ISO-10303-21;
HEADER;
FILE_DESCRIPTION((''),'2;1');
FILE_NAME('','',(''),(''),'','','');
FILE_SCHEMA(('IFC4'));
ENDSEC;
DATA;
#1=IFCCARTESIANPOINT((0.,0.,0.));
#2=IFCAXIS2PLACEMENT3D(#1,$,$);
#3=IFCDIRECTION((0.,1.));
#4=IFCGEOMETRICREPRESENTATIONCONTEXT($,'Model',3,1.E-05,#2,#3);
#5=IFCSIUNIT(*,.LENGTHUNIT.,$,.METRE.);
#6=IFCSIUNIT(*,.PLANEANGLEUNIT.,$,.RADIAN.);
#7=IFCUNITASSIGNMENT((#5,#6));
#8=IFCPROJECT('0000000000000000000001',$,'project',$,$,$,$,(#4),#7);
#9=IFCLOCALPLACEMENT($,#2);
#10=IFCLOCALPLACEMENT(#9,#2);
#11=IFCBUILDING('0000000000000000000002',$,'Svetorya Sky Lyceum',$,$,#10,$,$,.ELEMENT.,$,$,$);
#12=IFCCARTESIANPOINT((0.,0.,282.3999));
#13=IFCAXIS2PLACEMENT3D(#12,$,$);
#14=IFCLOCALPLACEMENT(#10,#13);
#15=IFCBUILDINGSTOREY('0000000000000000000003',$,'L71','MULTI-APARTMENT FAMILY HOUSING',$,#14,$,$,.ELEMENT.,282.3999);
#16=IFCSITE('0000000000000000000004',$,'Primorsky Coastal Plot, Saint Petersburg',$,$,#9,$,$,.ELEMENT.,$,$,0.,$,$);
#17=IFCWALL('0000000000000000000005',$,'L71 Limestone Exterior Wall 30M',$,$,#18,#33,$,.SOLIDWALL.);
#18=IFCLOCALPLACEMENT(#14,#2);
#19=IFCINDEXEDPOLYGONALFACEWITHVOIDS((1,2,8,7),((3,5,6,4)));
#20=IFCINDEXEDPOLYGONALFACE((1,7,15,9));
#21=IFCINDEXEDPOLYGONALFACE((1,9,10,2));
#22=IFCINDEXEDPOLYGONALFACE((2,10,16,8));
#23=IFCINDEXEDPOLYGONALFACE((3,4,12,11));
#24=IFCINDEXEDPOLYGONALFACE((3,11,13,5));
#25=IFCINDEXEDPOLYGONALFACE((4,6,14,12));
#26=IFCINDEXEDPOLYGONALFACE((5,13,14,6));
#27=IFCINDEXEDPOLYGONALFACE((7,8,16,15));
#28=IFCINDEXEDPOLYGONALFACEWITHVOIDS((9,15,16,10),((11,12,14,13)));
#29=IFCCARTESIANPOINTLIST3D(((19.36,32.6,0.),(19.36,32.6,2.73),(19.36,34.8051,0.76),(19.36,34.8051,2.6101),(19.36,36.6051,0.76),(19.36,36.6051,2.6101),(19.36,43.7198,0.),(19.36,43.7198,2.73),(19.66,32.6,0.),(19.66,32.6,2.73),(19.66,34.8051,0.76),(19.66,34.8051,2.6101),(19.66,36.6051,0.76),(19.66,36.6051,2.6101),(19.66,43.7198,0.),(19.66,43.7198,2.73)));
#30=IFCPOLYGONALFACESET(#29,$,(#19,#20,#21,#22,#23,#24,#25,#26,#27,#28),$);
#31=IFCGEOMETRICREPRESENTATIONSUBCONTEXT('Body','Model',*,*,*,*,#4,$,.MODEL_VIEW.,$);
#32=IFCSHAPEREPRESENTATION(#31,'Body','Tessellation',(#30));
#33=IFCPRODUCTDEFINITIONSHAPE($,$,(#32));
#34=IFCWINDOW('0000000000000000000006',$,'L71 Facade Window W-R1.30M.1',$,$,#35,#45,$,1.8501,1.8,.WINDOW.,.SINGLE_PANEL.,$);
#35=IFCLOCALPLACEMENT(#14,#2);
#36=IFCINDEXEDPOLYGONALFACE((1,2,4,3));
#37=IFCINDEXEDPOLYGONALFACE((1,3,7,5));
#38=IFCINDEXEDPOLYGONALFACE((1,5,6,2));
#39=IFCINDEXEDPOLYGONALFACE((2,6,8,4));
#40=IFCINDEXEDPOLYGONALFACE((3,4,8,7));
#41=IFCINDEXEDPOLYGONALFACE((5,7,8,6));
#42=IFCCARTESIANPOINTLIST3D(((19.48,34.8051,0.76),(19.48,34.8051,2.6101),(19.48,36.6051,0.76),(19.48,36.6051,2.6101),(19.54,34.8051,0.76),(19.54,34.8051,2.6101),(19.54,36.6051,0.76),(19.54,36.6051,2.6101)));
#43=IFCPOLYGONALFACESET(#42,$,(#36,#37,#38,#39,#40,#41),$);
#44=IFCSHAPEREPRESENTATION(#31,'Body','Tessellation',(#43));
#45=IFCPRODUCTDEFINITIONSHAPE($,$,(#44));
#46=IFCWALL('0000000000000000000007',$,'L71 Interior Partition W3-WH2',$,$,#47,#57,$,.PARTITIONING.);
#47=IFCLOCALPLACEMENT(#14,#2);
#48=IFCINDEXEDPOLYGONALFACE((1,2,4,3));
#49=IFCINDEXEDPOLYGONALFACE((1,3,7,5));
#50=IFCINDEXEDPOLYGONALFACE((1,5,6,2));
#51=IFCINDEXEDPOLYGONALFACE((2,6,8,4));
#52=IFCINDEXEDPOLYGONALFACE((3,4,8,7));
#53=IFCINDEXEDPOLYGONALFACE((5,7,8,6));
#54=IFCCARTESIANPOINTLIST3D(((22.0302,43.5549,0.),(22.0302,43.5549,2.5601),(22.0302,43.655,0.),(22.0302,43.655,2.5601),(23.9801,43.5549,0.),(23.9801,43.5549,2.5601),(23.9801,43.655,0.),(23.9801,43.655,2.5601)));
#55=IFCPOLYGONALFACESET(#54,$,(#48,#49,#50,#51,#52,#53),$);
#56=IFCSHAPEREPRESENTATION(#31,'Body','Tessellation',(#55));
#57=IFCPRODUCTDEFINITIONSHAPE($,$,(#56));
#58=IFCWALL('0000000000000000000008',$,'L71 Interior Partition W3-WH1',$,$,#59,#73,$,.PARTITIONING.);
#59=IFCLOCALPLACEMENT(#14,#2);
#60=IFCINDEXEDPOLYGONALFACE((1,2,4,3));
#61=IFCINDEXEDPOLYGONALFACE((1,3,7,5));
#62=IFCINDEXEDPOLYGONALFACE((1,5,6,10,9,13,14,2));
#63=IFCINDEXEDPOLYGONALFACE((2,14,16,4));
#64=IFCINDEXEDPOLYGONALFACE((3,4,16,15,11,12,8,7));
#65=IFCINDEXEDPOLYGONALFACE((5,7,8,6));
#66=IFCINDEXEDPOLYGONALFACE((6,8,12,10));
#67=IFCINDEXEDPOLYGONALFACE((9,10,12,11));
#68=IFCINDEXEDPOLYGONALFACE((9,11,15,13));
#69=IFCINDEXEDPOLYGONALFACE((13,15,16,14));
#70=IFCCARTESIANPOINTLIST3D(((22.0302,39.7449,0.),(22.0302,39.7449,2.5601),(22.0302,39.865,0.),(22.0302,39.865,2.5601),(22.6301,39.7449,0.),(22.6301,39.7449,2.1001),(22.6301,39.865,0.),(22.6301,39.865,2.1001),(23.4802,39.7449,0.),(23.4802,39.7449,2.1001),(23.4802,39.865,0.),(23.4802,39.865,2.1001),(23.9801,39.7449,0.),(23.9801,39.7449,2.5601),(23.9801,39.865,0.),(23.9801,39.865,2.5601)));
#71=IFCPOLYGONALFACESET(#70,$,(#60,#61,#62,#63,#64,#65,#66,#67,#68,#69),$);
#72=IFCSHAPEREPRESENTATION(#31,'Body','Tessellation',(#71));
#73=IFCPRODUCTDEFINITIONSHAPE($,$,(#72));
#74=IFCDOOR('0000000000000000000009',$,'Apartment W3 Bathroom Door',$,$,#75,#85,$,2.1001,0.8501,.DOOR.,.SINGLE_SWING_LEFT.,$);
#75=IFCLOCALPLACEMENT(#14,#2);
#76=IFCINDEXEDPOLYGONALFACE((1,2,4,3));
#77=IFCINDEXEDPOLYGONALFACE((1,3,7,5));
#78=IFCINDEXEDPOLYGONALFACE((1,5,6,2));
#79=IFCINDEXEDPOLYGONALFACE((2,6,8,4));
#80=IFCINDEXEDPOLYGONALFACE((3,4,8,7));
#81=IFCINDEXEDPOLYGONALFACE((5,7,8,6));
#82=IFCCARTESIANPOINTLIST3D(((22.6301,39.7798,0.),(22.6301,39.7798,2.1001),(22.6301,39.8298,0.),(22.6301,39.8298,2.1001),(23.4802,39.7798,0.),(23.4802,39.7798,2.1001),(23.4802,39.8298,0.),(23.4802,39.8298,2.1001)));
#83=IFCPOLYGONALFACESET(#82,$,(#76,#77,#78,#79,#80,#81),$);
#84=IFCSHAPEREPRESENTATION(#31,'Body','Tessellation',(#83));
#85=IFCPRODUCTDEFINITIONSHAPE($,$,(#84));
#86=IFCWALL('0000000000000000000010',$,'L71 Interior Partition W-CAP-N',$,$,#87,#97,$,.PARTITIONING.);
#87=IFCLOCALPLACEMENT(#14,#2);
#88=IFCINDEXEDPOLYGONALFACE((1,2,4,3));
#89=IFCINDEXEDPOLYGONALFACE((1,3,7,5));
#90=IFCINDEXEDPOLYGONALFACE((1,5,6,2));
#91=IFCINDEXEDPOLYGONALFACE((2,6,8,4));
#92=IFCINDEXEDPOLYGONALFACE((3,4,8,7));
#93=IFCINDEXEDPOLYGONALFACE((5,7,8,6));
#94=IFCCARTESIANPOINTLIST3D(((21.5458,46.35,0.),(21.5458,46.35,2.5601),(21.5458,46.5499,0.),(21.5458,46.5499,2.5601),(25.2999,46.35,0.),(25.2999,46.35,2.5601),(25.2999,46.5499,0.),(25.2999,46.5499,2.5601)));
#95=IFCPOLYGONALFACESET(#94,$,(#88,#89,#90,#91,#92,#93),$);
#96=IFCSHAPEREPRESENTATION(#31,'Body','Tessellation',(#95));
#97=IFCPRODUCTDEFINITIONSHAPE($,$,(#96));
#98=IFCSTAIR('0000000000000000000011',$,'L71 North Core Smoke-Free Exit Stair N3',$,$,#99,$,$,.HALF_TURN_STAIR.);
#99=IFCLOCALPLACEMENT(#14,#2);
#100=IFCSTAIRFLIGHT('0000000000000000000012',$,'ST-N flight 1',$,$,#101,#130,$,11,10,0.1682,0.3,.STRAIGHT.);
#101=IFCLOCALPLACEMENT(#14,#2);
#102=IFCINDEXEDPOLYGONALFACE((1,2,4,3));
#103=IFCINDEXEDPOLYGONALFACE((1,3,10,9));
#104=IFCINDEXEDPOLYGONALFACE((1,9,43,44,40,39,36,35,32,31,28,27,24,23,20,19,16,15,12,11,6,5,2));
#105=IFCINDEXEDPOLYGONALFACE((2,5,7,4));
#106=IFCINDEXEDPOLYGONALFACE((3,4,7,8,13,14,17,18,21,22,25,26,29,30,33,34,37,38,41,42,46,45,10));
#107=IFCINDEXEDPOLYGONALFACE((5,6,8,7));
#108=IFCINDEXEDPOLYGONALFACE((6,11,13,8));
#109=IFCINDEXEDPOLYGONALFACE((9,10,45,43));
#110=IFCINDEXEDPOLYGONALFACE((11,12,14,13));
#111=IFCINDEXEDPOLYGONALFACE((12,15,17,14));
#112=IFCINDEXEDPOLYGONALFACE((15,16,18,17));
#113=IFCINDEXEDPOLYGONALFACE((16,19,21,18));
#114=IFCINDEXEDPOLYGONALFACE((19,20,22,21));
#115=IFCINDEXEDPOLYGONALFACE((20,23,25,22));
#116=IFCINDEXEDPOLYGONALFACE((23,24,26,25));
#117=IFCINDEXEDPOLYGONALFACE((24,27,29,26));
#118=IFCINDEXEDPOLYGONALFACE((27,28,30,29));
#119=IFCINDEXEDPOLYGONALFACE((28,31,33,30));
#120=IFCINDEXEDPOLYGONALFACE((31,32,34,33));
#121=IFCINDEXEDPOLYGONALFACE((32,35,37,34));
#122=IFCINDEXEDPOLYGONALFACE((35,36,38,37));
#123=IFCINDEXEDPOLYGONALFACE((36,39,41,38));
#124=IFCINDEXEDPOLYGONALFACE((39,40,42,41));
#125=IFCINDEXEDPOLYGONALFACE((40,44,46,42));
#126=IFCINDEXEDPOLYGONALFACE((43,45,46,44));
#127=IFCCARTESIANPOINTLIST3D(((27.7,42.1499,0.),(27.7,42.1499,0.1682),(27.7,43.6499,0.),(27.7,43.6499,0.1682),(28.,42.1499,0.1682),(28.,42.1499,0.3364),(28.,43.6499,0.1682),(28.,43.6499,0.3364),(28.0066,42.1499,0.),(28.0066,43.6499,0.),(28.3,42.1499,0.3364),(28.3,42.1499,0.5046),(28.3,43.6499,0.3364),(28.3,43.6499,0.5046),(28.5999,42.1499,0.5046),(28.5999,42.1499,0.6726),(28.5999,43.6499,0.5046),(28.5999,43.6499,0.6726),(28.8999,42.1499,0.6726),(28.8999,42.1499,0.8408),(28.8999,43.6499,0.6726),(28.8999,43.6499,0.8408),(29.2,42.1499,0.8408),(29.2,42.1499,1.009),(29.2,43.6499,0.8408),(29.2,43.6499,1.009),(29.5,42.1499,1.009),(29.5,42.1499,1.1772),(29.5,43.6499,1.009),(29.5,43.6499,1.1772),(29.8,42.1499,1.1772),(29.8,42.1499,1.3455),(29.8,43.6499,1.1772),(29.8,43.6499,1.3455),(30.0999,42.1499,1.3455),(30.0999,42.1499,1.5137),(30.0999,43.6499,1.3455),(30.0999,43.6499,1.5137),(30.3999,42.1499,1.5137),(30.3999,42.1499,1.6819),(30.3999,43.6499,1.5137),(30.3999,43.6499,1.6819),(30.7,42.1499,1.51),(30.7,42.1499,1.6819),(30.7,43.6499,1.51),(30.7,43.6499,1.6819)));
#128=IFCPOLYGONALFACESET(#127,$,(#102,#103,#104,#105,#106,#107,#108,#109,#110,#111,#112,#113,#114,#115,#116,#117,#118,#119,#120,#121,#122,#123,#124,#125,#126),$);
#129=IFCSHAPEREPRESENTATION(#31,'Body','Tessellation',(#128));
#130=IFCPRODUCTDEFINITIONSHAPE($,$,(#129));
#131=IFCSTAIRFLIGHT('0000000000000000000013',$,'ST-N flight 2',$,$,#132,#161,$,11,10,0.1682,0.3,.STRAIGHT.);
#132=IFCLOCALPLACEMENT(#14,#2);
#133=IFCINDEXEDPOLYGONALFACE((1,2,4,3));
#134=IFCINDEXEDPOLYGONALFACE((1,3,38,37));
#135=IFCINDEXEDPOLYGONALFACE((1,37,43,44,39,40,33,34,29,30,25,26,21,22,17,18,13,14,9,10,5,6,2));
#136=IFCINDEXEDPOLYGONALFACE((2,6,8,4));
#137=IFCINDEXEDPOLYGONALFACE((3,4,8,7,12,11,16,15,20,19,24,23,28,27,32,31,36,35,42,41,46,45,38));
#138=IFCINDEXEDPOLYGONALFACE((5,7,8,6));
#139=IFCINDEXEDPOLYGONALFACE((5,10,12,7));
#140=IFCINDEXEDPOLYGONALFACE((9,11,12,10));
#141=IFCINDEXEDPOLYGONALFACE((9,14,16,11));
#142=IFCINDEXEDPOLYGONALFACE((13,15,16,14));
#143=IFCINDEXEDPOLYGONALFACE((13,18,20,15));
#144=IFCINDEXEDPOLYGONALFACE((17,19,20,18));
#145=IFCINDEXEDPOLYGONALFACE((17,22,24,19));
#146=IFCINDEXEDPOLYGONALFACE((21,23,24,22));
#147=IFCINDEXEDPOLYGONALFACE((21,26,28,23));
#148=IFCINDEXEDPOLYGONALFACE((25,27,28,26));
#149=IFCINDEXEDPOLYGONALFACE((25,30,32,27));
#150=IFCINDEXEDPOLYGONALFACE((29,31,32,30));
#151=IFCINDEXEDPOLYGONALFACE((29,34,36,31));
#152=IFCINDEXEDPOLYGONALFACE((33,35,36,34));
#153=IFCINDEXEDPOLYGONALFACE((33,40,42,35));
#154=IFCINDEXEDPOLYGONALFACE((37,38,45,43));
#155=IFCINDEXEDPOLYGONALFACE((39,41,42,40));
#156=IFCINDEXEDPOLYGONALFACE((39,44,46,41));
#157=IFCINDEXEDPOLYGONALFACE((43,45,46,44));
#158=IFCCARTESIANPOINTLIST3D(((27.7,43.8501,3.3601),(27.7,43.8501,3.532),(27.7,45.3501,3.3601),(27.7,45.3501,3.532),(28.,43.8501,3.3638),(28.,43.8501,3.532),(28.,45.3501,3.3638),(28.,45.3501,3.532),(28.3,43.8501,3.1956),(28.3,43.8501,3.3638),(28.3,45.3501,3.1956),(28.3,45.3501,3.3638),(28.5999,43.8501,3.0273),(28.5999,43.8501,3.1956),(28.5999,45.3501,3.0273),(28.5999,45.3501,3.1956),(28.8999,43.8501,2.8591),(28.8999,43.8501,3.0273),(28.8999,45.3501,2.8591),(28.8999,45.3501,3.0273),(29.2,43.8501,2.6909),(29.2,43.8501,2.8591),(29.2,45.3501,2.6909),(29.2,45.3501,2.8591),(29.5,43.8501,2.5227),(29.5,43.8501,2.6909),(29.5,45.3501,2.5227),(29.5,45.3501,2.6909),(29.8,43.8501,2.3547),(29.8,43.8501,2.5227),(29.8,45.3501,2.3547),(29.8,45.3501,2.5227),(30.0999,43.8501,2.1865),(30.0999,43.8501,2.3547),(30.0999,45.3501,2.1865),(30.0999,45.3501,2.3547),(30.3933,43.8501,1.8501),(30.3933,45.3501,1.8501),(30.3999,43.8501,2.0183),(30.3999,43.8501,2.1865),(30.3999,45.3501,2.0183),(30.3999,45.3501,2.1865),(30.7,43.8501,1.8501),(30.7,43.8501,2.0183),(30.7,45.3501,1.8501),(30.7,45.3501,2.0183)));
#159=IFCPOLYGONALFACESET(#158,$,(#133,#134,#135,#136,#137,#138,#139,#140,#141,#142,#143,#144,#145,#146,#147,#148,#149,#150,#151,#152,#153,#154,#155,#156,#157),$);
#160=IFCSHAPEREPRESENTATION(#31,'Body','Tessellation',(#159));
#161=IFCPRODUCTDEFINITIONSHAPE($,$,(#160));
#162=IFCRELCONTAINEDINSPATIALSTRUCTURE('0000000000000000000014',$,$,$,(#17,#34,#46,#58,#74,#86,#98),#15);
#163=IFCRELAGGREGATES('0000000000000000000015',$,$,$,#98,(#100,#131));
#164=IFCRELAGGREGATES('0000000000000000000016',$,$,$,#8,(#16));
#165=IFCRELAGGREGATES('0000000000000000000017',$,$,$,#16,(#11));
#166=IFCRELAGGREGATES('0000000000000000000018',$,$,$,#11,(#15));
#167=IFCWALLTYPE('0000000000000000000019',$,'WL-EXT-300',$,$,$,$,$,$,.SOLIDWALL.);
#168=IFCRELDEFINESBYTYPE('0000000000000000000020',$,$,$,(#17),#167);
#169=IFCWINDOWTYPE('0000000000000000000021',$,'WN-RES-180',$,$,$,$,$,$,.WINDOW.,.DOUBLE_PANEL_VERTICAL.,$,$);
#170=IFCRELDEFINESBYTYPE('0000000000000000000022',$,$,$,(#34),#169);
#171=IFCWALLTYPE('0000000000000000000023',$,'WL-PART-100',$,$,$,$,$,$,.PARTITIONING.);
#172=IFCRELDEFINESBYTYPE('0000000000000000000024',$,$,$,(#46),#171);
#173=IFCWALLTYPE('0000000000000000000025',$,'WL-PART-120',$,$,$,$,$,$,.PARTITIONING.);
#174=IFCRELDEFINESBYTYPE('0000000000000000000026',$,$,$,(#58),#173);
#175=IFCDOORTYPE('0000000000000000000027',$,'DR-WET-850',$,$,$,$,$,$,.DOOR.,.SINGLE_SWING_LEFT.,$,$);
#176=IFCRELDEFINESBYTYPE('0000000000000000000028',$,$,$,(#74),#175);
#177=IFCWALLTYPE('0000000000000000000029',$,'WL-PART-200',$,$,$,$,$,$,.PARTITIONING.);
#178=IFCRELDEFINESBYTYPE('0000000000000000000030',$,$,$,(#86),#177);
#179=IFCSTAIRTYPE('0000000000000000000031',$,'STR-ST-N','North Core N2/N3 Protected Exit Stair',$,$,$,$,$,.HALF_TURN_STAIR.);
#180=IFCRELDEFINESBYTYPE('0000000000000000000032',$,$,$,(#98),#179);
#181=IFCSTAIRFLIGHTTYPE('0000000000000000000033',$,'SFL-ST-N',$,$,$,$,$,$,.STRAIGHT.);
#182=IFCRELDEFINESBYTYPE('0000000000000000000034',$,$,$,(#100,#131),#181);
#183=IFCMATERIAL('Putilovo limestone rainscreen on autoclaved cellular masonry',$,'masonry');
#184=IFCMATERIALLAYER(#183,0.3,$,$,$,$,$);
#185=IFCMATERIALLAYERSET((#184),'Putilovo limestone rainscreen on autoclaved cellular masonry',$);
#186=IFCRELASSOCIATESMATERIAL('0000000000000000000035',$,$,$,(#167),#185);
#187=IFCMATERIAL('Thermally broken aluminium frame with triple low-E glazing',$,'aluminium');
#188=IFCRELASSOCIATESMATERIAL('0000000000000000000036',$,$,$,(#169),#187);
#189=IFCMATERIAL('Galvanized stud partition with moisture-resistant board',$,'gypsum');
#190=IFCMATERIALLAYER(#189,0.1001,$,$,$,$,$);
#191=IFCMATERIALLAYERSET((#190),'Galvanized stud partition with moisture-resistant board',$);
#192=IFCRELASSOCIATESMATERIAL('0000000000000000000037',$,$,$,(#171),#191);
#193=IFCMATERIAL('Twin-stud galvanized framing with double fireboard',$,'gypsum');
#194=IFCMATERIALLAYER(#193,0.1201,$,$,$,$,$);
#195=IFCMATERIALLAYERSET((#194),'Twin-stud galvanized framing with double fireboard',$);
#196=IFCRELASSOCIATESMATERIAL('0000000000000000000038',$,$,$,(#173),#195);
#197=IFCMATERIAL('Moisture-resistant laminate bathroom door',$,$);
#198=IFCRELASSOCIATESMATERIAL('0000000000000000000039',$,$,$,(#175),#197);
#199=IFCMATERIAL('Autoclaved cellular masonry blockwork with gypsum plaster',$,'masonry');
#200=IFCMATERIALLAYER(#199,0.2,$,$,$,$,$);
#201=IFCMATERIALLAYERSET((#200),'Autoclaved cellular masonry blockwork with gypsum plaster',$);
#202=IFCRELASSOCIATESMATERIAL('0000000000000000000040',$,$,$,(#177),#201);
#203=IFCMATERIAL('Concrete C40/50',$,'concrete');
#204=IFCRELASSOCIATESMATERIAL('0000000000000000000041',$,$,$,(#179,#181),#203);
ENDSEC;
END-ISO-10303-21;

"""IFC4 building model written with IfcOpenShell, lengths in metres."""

from ifc_helpers import new_model, si_unit, direction, frame, frame_2d, origin, place, context, subcontext, project, spatial, polyline, rectangle, outline, extrude, material, layer, layer_set, type_object, element, fill, aggregate, save


model = new_model("IFC4")

# Units and contexts
model_context = context("Model", 3, precision=1e-05, world=origin(), true_north=direction((0.0, 1.0)))
body_context = subcontext(model_context, "Body", "Model", "MODEL_VIEW")
ifc_project = project(units=[si_unit("LENGTHUNIT", "METRE"), si_unit("PLANEANGLEUNIT", "RADIAN")], contexts=[model_context])

# Site, building, storey
site_placement = place(None, origin())
site = spatial("IfcSite", under=ifc_project, at=site_placement, Name="Primorsky Coastal Plot, Saint Petersburg", CompositionType="ELEMENT", RefElevation=0.0)
building_placement = place(site_placement, origin())
building = spatial("IfcBuilding", under=site, at=building_placement, Name="Svetorya Sky Lyceum", CompositionType="ELEMENT")
storey_placement = place(building_placement, frame((0.0, 0.0, 282.3999)))
storey = spatial("IfcBuildingStorey", under=building, at=storey_placement, Name="L71", Description="MULTI-APARTMENT FAMILY HOUSING", CompositionType="ELEMENT", Elevation=282.3999)

# Shared definitions
ifc_material_1 = material(Name="Concrete C40/50", Category="concrete")

# Shared definitions
ifc_material_2 = material(Name="Putilovo limestone rainscreen on autoclaved cellular masonry", Category="masonry")
ifc_layer_1 = layer(ifc_material_2, 0.3)
ifc_layer_set_1 = layer_set([ifc_layer_1], Name="Putilovo limestone rainscreen on autoclaved cellular masonry")
wall_type_1 = type_object("IfcWallType", Name="WL-EXT-300", PredefinedType="SOLIDWALL", material=ifc_layer_set_1)

# Wall, opening, window
wall_1_placement = place(storey_placement, frame((19.51, 43.72, 0.0), z_axis=(0.0, 0.0, 1.0), x_axis=(0.0, -1.0, 0.0)))
wall_1 = element("IfcWall", 1, at=wall_1_placement, inside=storey, type_object=wall_type_1, Name="L71 Limestone Exterior Wall 30M", PredefinedType="SOLIDWALL", context=body_context, shape_type="SweptSolid", body=[
    extrude(rectangle(XDim=11.1199, YDim=0.3, at=frame_2d((5.5601, 0.0))), origin(), (0.0, 0.0, 1.0), 2.73),
])
opening_1_placement = place(wall_1_placement, frame((7.115, 0.0, 0.76)))
opening_1 = element("IfcOpeningElement", 2, at=opening_1_placement, cuts=wall_1, PredefinedType="OPENING", context=body_context, shape_type="SweptSolid", body=[
    extrude(rectangle(XDim=1.8, YDim=1.8501, at=frame_2d((0.8999, 0.925))), frame((0.0, 0.1599, 0.0), z_axis=(0.0, -1.0, 0.0), x_axis=(1.0, 0.0, 0.0)), (0.0, 0.0, 1.0), 0.3201),
])
ifc_material_3 = material(Name="Thermally broken aluminium frame with triple low-E glazing", Category="aluminium")
window_type = type_object("IfcWindowType", Name="WN-RES-180", PartitioningType="DOUBLE_PANEL_VERTICAL", PredefinedType="WINDOW", material=ifc_material_3)
window_placement = place(opening_1_placement, origin())
window = element("IfcWindow", 3, at=window_placement, inside=storey, type_object=window_type, Name="L71 Facade Window W-R1.30M.1", OverallHeight=1.8501, OverallWidth=1.8, PartitioningType="SINGLE_PANEL", PredefinedType="WINDOW", context=body_context, shape_type="SweptSolid", body=[
    extrude(rectangle(XDim=1.8, YDim=1.8501, at=frame_2d((0.8999, 0.925))), frame((0.0, 0.03, 0.0), z_axis=(0.0, -1.0, 0.0), x_axis=(1.0, 0.0, 0.0)), (0.0, 0.0, 1.0), 0.0601),
])
fill(opening_1, window)

# Wall
ifc_material_4 = material(Name="Galvanized stud partition with moisture-resistant board", Category="gypsum")
ifc_layer_2 = layer(ifc_material_4, 0.1001)
ifc_layer_set_2 = layer_set([ifc_layer_2], Name="Galvanized stud partition with moisture-resistant board")
wall_type_2 = type_object("IfcWallType", Name="WL-PART-100", PredefinedType="PARTITIONING", material=ifc_layer_set_2)
wall_2_placement = place(storey_placement, frame((22.03, 43.605, 0.0), z_axis=(0.0, 0.0, 1.0), x_axis=(1.0, 0.0, 0.0)))
element("IfcWall", 4, at=wall_2_placement, inside=storey, type_object=wall_type_2, Name="L71 Interior Partition W3-WH2", PredefinedType="PARTITIONING", context=body_context, shape_type="SweptSolid", body=[
    extrude(rectangle(XDim=1.95, YDim=0.1001, at=frame_2d((0.9751, 0.0))), origin(), (0.0, 0.0, 1.0), 2.5601),
])

# Wall, opening, door
ifc_material_5 = material(Name="Twin-stud galvanized framing with double fireboard", Category="gypsum")
ifc_layer_3 = layer(ifc_material_5, 0.1201)
ifc_layer_set_3 = layer_set([ifc_layer_3], Name="Twin-stud galvanized framing with double fireboard")
wall_type_3 = type_object("IfcWallType", Name="WL-PART-120", PredefinedType="PARTITIONING", material=ifc_layer_set_3)
wall_3_placement = place(storey_placement, frame((22.03, 39.8049, 0.0), z_axis=(0.0, 0.0, 1.0), x_axis=(1.0, 0.0, 0.0)))
wall_3 = element("IfcWall", 5, at=wall_3_placement, inside=storey, type_object=wall_type_3, Name="L71 Interior Partition W3-WH1", PredefinedType="PARTITIONING", context=body_context, shape_type="SweptSolid", body=[
    extrude(rectangle(XDim=1.95, YDim=0.1201, at=frame_2d((0.9751, 0.0))), origin(), (0.0, 0.0, 1.0), 2.5601),
])
opening_2_placement = place(wall_3_placement, frame((0.6001, 0.0, 0.0)))
opening_2 = element("IfcOpeningElement", 6, at=opening_2_placement, cuts=wall_3, PredefinedType="OPENING", context=body_context, shape_type="SweptSolid", body=[
    extrude(rectangle(XDim=0.8501, YDim=2.1001, at=frame_2d((0.425, 1.05))), frame((0.0, 0.0701, 0.0), z_axis=(0.0, -1.0, 0.0), x_axis=(1.0, 0.0, 0.0)), (0.0, 0.0, 1.0), 0.1401),
])
ifc_material_6 = material(Name="Moisture-resistant laminate bathroom door")
door_type = type_object("IfcDoorType", Name="DR-WET-850", OperationType="SINGLE_SWING_LEFT", PredefinedType="DOOR", material=ifc_material_6)
door_placement = place(opening_2_placement, origin())
door = element("IfcDoor", 7, at=door_placement, inside=storey, type_object=door_type, Name="Apartment W3 Bathroom Door", OperationType="SINGLE_SWING_LEFT", OverallHeight=2.1001, OverallWidth=0.8501, PredefinedType="DOOR", context=body_context, shape_type="SweptSolid", body=[
    extrude(rectangle(XDim=0.8501, YDim=2.1001, at=frame_2d((0.425, 1.05))), frame((0.0, 0.0249, 0.0), z_axis=(0.0, -1.0, 0.0), x_axis=(1.0, 0.0, 0.0)), (0.0, 0.0, 1.0), 0.05),
])
fill(opening_2, door)

# Wall
ifc_material_7 = material(Name="Autoclaved cellular masonry blockwork with gypsum plaster", Category="masonry")
ifc_layer_4 = layer(ifc_material_7, 0.2)
ifc_layer_set_4 = layer_set([ifc_layer_4], Name="Autoclaved cellular masonry blockwork with gypsum plaster")
wall_type_4 = type_object("IfcWallType", Name="WL-PART-200", PredefinedType="PARTITIONING", material=ifc_layer_set_4)
wall_4_placement = place(storey_placement, frame((21.5459, 46.45, 0.0), z_axis=(0.0, 0.0, 1.0), x_axis=(1.0, 0.0, 0.0)))
element("IfcWall", 8, at=wall_4_placement, inside=storey, type_object=wall_type_4, Name="L71 Interior Partition W-CAP-N", PredefinedType="PARTITIONING", context=body_context, shape_type="SweptSolid", body=[
    extrude(rectangle(XDim=3.7542, YDim=0.2, at=frame_2d((1.877, 0.0))), origin(), (0.0, 0.0, 1.0), 2.5601),
])

# Stair, stair flights
stair_type = type_object("IfcStairType", Name="STR-ST-N", Description="North Core N2/N3 Protected Exit Stair", PredefinedType="HALF_TURN_STAIR", material=ifc_material_1)
stair_placement = place(storey_placement, origin())
stair = element("IfcStair", 9, at=stair_placement, inside=storey, type_object=stair_type, Name="L71 North Core Smoke-Free Exit Stair N3", PredefinedType="HALF_TURN_STAIR")
stair_flight_type = type_object("IfcStairFlightType", Name="SFL-ST-N", PredefinedType="STRAIGHT", material=ifc_material_1)
stair_flight_1_placement = place(storey_placement, frame((27.7, 42.8999, 0.0), z_axis=(0.0, 0.0, 1.0), x_axis=(1.0, 0.0, 0.0)))
stair_flight_1 = element("IfcStairFlight", 10, at=stair_flight_1_placement, type_object=stair_flight_type, Name="ST-N flight 1", NumberOfRisers=11, NumberOfTreads=10, PredefinedType="STRAIGHT", RiserHeight=0.1682, TreadLength=0.3, context=body_context, shape_type="SweptSolid", body=[
    extrude(outline(polyline([(0.0, 0.0), (0.0, 0.1682), (0.3, 0.1682), (0.3, 0.3364), (0.6001, 0.3364), (0.6001, 0.5046), (0.8999, 0.5046), (0.8999, 0.6726), (1.2, 0.6726), (1.2, 0.8408), (1.5, 0.8408), (1.5, 1.009), (1.8, 1.009), (1.8, 1.1772), (2.1001, 1.1772), (2.1001, 1.3455), (2.3999, 1.3455), (2.3999, 1.5137), (2.7, 1.5137), (2.7, 1.6819), (3.0, 1.6819), (3.0, 1.8501), (3.0, 1.51), (0.3066, 0.0), (0.0, 0.0)])), frame((0.0, 0.75, 0.0), z_axis=(0.0, -1.0, 0.0), x_axis=(1.0, 0.0, 0.0)), (0.0, 0.0, 1.0), 1.5),
])
stair_flight_2_placement = place(storey_placement, frame((30.7, 44.6001, 1.8501), z_axis=(0.0, 0.0, 1.0), x_axis=(-1.0, 0.0, 0.0)))
stair_flight_2 = element("IfcStairFlight", 11, at=stair_flight_2_placement, type_object=stair_flight_type, Name="ST-N flight 2", NumberOfRisers=11, NumberOfTreads=10, PredefinedType="STRAIGHT", RiserHeight=0.1682, TreadLength=0.3, context=body_context, shape_type="SweptSolid", body=[
    extrude(outline(polyline([(0.0, 0.0), (0.0, 0.1682), (0.3, 0.1682), (0.3, 0.3364), (0.6001, 0.3364), (0.6001, 0.5046), (0.8999, 0.5046), (0.8999, 0.6726), (1.2, 0.6726), (1.2, 0.8408), (1.5, 0.8408), (1.5, 1.009), (1.8, 1.009), (1.8, 1.1772), (2.1001, 1.1772), (2.1001, 1.3455), (2.3999, 1.3455), (2.3999, 1.5137), (2.7, 1.5137), (2.7, 1.6819), (3.0, 1.6819), (3.0, 1.8501), (3.0, 1.51), (0.3066, 0.0), (0.0, 0.0)])), frame((0.0, 0.75, 0.0), z_axis=(0.0, -1.0, 0.0), x_axis=(1.0, 0.0, 0.0)), (0.0, 0.0, 1.0), 1.5),
])
aggregate(stair, [stair_flight_1, stair_flight_2])

save(model, "model.ifc")
